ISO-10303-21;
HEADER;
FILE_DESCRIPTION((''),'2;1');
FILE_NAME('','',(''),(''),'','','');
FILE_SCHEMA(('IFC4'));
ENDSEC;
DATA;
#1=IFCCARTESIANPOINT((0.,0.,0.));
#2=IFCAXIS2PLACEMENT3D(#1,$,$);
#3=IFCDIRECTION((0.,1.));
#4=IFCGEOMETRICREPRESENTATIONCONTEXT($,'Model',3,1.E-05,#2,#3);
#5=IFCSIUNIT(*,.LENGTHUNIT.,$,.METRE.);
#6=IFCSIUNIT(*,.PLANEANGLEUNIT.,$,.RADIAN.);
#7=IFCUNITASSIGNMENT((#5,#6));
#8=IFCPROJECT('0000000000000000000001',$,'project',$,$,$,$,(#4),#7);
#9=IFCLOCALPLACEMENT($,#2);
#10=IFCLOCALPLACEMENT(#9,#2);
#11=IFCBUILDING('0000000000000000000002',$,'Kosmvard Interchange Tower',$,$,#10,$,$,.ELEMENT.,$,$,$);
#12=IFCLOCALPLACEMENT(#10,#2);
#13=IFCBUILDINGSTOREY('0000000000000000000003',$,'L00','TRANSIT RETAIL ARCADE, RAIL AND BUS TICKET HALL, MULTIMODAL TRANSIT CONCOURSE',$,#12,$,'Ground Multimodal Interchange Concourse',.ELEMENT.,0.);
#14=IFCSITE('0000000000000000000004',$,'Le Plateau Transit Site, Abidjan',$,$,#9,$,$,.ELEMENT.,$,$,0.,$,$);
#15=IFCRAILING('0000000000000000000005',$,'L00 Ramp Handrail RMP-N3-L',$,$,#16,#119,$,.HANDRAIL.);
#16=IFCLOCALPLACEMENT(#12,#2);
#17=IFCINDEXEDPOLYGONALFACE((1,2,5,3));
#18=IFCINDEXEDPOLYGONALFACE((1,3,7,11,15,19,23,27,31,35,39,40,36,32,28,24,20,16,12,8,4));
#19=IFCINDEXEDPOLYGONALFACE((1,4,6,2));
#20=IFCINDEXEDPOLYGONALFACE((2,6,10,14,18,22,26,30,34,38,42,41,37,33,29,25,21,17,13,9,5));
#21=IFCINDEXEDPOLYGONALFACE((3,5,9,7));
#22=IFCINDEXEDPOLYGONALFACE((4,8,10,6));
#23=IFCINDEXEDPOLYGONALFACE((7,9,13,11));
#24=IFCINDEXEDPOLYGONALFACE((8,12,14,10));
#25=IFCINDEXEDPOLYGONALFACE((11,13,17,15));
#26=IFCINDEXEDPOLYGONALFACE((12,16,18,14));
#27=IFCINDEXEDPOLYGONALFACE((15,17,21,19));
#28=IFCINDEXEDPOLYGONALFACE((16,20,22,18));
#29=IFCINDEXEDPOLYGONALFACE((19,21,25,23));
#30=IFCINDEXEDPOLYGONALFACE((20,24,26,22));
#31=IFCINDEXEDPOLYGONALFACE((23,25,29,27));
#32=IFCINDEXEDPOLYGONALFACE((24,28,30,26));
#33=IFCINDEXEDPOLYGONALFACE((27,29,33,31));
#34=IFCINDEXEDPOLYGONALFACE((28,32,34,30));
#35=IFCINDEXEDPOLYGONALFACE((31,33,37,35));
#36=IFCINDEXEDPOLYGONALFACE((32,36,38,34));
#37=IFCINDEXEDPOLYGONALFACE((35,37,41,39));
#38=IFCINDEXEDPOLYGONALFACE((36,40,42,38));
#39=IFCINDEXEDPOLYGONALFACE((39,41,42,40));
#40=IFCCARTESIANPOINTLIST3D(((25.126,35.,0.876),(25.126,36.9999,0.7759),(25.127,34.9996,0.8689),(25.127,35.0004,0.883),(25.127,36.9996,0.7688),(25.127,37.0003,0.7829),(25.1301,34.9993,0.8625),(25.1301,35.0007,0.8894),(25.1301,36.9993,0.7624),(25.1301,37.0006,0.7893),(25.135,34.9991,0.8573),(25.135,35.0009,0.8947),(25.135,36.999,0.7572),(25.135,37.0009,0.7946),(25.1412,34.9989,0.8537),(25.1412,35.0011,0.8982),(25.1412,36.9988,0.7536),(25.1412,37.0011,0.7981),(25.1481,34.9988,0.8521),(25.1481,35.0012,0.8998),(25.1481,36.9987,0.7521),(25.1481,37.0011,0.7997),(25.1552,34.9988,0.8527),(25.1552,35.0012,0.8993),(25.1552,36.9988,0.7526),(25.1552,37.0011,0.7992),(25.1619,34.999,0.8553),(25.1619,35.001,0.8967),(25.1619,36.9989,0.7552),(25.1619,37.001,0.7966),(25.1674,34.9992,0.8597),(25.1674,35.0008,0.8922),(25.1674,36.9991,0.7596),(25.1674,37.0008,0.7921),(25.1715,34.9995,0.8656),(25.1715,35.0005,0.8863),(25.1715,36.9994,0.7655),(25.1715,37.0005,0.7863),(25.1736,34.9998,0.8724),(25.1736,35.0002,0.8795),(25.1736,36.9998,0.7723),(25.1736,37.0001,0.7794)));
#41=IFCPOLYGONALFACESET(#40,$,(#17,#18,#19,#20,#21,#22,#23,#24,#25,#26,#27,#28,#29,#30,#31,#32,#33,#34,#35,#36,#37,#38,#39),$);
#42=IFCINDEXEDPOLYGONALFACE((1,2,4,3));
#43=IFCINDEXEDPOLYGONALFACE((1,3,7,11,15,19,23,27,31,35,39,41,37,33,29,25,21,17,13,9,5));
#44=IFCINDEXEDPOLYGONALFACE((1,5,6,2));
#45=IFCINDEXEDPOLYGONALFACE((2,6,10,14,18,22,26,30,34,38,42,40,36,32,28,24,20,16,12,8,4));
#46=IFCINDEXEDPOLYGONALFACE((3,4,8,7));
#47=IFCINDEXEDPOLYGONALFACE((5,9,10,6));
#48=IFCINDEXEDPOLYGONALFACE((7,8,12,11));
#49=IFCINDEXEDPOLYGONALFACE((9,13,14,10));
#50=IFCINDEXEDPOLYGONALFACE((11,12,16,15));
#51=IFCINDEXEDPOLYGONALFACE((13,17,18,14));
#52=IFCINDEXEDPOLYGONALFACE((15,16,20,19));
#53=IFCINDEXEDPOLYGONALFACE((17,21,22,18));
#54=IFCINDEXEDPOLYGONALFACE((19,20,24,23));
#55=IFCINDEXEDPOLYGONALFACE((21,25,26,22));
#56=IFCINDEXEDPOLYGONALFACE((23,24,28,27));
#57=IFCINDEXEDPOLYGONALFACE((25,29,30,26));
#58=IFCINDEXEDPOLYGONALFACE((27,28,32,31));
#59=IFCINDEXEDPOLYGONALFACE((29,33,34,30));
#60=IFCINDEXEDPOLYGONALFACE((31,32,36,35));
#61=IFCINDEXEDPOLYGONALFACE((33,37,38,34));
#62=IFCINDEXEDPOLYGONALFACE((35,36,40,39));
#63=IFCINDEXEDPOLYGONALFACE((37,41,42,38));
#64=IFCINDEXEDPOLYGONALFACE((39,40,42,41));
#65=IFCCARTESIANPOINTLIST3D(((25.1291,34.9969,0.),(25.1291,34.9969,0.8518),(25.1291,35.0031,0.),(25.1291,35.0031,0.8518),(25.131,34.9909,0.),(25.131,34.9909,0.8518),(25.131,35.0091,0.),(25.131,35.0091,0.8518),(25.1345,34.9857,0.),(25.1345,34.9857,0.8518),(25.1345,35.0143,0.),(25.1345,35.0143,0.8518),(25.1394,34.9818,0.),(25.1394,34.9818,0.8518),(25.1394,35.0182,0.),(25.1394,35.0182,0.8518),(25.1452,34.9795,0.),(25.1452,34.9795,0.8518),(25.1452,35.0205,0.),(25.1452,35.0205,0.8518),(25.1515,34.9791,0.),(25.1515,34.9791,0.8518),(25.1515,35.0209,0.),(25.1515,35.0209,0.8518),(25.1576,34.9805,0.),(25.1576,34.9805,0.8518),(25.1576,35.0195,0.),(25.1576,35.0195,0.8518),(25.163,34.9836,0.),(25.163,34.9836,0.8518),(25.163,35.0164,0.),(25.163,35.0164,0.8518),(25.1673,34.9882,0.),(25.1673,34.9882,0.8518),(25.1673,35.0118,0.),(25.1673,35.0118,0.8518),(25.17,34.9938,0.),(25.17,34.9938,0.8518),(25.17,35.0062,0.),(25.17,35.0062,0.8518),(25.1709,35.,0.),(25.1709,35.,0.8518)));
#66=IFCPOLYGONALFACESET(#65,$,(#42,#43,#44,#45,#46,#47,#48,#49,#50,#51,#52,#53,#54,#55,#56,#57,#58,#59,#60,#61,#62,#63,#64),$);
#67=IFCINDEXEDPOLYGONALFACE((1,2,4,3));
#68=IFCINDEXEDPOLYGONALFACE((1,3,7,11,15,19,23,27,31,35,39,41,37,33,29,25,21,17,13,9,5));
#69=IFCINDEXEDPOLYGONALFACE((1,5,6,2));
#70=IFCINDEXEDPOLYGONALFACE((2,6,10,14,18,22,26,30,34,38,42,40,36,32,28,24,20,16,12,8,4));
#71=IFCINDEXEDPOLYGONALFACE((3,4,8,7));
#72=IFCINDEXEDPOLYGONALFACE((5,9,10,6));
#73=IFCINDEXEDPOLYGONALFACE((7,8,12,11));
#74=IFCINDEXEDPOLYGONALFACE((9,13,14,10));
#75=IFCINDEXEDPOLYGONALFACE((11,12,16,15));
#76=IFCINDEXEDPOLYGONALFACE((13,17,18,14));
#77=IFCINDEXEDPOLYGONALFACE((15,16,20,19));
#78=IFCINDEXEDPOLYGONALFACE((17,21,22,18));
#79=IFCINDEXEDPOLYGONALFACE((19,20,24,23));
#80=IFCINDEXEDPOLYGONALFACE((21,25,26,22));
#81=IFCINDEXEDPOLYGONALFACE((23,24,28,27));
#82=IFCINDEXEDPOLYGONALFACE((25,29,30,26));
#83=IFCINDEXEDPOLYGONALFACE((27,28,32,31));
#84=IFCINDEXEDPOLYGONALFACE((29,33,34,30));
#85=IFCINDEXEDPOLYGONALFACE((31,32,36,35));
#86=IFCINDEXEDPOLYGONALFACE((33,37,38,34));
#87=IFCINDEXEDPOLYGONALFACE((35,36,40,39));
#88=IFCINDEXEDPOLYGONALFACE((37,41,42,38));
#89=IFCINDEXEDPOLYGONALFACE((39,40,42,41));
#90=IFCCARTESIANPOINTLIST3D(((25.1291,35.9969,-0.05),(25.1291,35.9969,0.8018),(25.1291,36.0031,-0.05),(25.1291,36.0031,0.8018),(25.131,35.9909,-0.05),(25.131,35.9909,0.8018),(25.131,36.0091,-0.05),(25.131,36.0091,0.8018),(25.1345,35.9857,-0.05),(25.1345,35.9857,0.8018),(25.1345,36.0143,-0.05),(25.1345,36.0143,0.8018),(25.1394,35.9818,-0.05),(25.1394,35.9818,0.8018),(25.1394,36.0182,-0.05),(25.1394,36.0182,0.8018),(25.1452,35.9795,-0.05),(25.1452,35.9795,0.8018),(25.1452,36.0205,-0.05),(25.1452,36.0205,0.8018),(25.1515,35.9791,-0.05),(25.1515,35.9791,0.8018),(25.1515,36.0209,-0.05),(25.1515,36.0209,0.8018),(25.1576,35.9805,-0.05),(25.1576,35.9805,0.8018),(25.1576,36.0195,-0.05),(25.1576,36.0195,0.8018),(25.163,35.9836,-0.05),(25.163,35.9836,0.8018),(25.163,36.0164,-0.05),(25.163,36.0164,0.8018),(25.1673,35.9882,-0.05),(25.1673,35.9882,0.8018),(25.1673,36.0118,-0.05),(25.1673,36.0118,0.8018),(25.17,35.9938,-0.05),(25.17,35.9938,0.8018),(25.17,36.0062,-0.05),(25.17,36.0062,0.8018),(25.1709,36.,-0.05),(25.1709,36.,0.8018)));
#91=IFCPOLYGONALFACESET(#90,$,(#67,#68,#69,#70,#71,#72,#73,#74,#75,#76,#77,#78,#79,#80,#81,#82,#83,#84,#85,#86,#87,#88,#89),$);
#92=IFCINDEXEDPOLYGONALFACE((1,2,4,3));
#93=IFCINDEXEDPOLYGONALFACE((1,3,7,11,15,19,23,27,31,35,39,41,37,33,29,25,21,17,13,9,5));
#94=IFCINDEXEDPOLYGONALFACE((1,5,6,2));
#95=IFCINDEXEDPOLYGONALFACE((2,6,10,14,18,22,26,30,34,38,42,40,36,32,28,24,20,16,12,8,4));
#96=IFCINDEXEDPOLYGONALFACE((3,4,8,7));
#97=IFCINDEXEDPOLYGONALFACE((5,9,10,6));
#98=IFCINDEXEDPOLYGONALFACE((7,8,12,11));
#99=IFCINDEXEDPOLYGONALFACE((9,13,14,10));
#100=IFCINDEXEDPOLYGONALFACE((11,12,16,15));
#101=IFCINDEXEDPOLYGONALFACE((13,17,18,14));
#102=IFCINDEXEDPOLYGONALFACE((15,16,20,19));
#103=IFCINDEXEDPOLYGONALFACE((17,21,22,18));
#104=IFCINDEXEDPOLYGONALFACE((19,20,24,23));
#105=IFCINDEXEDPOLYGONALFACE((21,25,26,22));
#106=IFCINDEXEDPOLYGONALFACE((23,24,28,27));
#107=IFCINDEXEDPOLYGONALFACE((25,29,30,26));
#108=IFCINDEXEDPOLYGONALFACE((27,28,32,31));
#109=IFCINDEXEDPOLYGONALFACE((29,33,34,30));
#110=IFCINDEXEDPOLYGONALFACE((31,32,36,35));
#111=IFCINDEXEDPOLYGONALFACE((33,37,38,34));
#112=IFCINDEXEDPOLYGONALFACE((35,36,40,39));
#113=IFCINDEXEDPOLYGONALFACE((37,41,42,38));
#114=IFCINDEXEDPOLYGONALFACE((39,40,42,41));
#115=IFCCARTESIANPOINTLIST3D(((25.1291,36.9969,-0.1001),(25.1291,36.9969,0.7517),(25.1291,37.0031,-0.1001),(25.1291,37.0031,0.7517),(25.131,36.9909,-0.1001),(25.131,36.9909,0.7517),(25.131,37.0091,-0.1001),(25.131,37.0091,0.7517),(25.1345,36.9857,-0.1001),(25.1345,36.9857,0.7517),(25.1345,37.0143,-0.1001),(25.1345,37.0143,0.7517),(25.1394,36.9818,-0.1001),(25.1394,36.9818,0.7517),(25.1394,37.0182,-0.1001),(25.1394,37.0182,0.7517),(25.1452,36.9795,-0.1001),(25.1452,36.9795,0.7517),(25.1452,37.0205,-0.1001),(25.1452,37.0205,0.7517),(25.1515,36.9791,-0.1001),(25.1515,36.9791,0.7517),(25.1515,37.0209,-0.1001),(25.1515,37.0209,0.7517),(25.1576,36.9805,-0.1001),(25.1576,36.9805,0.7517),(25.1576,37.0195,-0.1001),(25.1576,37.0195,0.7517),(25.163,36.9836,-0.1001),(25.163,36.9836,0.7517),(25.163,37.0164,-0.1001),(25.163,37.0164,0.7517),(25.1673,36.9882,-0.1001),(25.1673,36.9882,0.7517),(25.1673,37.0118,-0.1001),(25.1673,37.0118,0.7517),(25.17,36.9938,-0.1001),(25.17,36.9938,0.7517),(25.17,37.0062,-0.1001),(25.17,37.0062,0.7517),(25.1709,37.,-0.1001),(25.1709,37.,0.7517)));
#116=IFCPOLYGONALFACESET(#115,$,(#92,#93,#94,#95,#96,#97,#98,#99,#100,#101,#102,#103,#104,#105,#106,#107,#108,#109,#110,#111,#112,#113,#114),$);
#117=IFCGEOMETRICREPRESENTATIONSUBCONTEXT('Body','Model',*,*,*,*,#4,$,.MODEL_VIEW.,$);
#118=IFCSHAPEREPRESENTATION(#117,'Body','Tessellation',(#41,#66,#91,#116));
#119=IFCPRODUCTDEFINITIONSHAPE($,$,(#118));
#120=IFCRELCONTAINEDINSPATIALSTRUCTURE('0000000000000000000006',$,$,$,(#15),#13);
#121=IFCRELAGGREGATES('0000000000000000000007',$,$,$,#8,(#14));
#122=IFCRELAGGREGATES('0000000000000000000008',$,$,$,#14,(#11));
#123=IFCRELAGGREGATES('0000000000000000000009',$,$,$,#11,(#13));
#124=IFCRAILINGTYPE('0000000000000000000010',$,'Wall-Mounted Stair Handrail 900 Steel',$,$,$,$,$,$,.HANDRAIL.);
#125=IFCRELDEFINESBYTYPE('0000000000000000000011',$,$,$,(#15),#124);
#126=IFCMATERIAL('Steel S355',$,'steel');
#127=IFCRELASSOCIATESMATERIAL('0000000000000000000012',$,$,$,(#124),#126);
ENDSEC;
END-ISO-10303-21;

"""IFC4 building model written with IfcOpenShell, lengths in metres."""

from ifc_helpers import new_model, si_unit, direction, frame, origin, origin_2d, place, context, subcontext, project, spatial, circle, extrude, source, transform, mapped, material, type_object, element, save


model = new_model("IFC4")

# Units and contexts
model_context = context("Model", 3, precision=1e-05, world=origin(), true_north=direction((0.0, 1.0)))
body_context = subcontext(model_context, "Body", "Model", "MODEL_VIEW")
ifc_project = project(units=[si_unit("LENGTHUNIT", "METRE"), si_unit("PLANEANGLEUNIT", "RADIAN")], contexts=[model_context])

# Site, building, storey
site_placement = place(None, origin())
site = spatial("IfcSite", under=ifc_project, at=site_placement, Name="Le Plateau Transit Site, Abidjan", CompositionType="ELEMENT", RefElevation=0.0)
building_placement = place(site_placement, origin())
building = spatial("IfcBuilding", under=site, at=building_placement, Name="Kosmvard Interchange Tower", CompositionType="ELEMENT")
storey_placement = place(building_placement, origin())
storey = spatial("IfcBuildingStorey", under=building, at=storey_placement, Name="L00", Description="TRANSIT RETAIL ARCADE, RAIL AND BUS TICKET HALL, MULTIMODAL TRANSIT CONCOURSE", LongName="Ground Multimodal Interchange Concourse", CompositionType="ELEMENT", Elevation=0.0)

# Shared definitions
ifc_material_1 = material(Name="Steel S355", Category="steel")

# Railing
railing_type = type_object("IfcRailingType", Name="Wall-Mounted Stair Handrail 900 Steel", PredefinedType="HANDRAIL", material=ifc_material_1)
shared_shape_1 = source(origin(), body_context, "Body", "SweptSolid", [
    extrude(circle(Radius=0.0239, at=origin_2d()), frame((0.0, 0.0, 0.876), z_axis=(0.0, 0.99875, -0.049986), x_axis=(-1.0, 0.0, 0.0)), (0.0, 0.0, 1.0), 2.0024),
    extrude(circle(Radius=0.021, at=origin_2d()), origin(), (0.0, 0.0, 1.0), 0.8518),
    extrude(circle(Radius=0.021, at=origin_2d()), frame((0.0, 1.0, -0.05)), (0.0, 0.0, 1.0), 0.8518),
    extrude(circle(Radius=0.021, at=origin_2d()), frame((0.0, 2.0, -0.1001)), (0.0, 0.0, 1.0), 0.8518),
])
for number, where, name in (
    (1, (25.1499, 35.0, 0.0), "L00 Ramp Handrail RMP-N3-L"),
):
    element("IfcRailing", number, at=place(storey_placement, frame(where)), inside=storey, type_object=railing_type, Name=name, PredefinedType="HANDRAIL", context=body_context, shape_type="MappedRepresentation", body=[
        mapped(shared_shape_1, transform((0.0, 0.0, 0.0), scale=1.0)),
    ])

save(model, "model.ifc")
